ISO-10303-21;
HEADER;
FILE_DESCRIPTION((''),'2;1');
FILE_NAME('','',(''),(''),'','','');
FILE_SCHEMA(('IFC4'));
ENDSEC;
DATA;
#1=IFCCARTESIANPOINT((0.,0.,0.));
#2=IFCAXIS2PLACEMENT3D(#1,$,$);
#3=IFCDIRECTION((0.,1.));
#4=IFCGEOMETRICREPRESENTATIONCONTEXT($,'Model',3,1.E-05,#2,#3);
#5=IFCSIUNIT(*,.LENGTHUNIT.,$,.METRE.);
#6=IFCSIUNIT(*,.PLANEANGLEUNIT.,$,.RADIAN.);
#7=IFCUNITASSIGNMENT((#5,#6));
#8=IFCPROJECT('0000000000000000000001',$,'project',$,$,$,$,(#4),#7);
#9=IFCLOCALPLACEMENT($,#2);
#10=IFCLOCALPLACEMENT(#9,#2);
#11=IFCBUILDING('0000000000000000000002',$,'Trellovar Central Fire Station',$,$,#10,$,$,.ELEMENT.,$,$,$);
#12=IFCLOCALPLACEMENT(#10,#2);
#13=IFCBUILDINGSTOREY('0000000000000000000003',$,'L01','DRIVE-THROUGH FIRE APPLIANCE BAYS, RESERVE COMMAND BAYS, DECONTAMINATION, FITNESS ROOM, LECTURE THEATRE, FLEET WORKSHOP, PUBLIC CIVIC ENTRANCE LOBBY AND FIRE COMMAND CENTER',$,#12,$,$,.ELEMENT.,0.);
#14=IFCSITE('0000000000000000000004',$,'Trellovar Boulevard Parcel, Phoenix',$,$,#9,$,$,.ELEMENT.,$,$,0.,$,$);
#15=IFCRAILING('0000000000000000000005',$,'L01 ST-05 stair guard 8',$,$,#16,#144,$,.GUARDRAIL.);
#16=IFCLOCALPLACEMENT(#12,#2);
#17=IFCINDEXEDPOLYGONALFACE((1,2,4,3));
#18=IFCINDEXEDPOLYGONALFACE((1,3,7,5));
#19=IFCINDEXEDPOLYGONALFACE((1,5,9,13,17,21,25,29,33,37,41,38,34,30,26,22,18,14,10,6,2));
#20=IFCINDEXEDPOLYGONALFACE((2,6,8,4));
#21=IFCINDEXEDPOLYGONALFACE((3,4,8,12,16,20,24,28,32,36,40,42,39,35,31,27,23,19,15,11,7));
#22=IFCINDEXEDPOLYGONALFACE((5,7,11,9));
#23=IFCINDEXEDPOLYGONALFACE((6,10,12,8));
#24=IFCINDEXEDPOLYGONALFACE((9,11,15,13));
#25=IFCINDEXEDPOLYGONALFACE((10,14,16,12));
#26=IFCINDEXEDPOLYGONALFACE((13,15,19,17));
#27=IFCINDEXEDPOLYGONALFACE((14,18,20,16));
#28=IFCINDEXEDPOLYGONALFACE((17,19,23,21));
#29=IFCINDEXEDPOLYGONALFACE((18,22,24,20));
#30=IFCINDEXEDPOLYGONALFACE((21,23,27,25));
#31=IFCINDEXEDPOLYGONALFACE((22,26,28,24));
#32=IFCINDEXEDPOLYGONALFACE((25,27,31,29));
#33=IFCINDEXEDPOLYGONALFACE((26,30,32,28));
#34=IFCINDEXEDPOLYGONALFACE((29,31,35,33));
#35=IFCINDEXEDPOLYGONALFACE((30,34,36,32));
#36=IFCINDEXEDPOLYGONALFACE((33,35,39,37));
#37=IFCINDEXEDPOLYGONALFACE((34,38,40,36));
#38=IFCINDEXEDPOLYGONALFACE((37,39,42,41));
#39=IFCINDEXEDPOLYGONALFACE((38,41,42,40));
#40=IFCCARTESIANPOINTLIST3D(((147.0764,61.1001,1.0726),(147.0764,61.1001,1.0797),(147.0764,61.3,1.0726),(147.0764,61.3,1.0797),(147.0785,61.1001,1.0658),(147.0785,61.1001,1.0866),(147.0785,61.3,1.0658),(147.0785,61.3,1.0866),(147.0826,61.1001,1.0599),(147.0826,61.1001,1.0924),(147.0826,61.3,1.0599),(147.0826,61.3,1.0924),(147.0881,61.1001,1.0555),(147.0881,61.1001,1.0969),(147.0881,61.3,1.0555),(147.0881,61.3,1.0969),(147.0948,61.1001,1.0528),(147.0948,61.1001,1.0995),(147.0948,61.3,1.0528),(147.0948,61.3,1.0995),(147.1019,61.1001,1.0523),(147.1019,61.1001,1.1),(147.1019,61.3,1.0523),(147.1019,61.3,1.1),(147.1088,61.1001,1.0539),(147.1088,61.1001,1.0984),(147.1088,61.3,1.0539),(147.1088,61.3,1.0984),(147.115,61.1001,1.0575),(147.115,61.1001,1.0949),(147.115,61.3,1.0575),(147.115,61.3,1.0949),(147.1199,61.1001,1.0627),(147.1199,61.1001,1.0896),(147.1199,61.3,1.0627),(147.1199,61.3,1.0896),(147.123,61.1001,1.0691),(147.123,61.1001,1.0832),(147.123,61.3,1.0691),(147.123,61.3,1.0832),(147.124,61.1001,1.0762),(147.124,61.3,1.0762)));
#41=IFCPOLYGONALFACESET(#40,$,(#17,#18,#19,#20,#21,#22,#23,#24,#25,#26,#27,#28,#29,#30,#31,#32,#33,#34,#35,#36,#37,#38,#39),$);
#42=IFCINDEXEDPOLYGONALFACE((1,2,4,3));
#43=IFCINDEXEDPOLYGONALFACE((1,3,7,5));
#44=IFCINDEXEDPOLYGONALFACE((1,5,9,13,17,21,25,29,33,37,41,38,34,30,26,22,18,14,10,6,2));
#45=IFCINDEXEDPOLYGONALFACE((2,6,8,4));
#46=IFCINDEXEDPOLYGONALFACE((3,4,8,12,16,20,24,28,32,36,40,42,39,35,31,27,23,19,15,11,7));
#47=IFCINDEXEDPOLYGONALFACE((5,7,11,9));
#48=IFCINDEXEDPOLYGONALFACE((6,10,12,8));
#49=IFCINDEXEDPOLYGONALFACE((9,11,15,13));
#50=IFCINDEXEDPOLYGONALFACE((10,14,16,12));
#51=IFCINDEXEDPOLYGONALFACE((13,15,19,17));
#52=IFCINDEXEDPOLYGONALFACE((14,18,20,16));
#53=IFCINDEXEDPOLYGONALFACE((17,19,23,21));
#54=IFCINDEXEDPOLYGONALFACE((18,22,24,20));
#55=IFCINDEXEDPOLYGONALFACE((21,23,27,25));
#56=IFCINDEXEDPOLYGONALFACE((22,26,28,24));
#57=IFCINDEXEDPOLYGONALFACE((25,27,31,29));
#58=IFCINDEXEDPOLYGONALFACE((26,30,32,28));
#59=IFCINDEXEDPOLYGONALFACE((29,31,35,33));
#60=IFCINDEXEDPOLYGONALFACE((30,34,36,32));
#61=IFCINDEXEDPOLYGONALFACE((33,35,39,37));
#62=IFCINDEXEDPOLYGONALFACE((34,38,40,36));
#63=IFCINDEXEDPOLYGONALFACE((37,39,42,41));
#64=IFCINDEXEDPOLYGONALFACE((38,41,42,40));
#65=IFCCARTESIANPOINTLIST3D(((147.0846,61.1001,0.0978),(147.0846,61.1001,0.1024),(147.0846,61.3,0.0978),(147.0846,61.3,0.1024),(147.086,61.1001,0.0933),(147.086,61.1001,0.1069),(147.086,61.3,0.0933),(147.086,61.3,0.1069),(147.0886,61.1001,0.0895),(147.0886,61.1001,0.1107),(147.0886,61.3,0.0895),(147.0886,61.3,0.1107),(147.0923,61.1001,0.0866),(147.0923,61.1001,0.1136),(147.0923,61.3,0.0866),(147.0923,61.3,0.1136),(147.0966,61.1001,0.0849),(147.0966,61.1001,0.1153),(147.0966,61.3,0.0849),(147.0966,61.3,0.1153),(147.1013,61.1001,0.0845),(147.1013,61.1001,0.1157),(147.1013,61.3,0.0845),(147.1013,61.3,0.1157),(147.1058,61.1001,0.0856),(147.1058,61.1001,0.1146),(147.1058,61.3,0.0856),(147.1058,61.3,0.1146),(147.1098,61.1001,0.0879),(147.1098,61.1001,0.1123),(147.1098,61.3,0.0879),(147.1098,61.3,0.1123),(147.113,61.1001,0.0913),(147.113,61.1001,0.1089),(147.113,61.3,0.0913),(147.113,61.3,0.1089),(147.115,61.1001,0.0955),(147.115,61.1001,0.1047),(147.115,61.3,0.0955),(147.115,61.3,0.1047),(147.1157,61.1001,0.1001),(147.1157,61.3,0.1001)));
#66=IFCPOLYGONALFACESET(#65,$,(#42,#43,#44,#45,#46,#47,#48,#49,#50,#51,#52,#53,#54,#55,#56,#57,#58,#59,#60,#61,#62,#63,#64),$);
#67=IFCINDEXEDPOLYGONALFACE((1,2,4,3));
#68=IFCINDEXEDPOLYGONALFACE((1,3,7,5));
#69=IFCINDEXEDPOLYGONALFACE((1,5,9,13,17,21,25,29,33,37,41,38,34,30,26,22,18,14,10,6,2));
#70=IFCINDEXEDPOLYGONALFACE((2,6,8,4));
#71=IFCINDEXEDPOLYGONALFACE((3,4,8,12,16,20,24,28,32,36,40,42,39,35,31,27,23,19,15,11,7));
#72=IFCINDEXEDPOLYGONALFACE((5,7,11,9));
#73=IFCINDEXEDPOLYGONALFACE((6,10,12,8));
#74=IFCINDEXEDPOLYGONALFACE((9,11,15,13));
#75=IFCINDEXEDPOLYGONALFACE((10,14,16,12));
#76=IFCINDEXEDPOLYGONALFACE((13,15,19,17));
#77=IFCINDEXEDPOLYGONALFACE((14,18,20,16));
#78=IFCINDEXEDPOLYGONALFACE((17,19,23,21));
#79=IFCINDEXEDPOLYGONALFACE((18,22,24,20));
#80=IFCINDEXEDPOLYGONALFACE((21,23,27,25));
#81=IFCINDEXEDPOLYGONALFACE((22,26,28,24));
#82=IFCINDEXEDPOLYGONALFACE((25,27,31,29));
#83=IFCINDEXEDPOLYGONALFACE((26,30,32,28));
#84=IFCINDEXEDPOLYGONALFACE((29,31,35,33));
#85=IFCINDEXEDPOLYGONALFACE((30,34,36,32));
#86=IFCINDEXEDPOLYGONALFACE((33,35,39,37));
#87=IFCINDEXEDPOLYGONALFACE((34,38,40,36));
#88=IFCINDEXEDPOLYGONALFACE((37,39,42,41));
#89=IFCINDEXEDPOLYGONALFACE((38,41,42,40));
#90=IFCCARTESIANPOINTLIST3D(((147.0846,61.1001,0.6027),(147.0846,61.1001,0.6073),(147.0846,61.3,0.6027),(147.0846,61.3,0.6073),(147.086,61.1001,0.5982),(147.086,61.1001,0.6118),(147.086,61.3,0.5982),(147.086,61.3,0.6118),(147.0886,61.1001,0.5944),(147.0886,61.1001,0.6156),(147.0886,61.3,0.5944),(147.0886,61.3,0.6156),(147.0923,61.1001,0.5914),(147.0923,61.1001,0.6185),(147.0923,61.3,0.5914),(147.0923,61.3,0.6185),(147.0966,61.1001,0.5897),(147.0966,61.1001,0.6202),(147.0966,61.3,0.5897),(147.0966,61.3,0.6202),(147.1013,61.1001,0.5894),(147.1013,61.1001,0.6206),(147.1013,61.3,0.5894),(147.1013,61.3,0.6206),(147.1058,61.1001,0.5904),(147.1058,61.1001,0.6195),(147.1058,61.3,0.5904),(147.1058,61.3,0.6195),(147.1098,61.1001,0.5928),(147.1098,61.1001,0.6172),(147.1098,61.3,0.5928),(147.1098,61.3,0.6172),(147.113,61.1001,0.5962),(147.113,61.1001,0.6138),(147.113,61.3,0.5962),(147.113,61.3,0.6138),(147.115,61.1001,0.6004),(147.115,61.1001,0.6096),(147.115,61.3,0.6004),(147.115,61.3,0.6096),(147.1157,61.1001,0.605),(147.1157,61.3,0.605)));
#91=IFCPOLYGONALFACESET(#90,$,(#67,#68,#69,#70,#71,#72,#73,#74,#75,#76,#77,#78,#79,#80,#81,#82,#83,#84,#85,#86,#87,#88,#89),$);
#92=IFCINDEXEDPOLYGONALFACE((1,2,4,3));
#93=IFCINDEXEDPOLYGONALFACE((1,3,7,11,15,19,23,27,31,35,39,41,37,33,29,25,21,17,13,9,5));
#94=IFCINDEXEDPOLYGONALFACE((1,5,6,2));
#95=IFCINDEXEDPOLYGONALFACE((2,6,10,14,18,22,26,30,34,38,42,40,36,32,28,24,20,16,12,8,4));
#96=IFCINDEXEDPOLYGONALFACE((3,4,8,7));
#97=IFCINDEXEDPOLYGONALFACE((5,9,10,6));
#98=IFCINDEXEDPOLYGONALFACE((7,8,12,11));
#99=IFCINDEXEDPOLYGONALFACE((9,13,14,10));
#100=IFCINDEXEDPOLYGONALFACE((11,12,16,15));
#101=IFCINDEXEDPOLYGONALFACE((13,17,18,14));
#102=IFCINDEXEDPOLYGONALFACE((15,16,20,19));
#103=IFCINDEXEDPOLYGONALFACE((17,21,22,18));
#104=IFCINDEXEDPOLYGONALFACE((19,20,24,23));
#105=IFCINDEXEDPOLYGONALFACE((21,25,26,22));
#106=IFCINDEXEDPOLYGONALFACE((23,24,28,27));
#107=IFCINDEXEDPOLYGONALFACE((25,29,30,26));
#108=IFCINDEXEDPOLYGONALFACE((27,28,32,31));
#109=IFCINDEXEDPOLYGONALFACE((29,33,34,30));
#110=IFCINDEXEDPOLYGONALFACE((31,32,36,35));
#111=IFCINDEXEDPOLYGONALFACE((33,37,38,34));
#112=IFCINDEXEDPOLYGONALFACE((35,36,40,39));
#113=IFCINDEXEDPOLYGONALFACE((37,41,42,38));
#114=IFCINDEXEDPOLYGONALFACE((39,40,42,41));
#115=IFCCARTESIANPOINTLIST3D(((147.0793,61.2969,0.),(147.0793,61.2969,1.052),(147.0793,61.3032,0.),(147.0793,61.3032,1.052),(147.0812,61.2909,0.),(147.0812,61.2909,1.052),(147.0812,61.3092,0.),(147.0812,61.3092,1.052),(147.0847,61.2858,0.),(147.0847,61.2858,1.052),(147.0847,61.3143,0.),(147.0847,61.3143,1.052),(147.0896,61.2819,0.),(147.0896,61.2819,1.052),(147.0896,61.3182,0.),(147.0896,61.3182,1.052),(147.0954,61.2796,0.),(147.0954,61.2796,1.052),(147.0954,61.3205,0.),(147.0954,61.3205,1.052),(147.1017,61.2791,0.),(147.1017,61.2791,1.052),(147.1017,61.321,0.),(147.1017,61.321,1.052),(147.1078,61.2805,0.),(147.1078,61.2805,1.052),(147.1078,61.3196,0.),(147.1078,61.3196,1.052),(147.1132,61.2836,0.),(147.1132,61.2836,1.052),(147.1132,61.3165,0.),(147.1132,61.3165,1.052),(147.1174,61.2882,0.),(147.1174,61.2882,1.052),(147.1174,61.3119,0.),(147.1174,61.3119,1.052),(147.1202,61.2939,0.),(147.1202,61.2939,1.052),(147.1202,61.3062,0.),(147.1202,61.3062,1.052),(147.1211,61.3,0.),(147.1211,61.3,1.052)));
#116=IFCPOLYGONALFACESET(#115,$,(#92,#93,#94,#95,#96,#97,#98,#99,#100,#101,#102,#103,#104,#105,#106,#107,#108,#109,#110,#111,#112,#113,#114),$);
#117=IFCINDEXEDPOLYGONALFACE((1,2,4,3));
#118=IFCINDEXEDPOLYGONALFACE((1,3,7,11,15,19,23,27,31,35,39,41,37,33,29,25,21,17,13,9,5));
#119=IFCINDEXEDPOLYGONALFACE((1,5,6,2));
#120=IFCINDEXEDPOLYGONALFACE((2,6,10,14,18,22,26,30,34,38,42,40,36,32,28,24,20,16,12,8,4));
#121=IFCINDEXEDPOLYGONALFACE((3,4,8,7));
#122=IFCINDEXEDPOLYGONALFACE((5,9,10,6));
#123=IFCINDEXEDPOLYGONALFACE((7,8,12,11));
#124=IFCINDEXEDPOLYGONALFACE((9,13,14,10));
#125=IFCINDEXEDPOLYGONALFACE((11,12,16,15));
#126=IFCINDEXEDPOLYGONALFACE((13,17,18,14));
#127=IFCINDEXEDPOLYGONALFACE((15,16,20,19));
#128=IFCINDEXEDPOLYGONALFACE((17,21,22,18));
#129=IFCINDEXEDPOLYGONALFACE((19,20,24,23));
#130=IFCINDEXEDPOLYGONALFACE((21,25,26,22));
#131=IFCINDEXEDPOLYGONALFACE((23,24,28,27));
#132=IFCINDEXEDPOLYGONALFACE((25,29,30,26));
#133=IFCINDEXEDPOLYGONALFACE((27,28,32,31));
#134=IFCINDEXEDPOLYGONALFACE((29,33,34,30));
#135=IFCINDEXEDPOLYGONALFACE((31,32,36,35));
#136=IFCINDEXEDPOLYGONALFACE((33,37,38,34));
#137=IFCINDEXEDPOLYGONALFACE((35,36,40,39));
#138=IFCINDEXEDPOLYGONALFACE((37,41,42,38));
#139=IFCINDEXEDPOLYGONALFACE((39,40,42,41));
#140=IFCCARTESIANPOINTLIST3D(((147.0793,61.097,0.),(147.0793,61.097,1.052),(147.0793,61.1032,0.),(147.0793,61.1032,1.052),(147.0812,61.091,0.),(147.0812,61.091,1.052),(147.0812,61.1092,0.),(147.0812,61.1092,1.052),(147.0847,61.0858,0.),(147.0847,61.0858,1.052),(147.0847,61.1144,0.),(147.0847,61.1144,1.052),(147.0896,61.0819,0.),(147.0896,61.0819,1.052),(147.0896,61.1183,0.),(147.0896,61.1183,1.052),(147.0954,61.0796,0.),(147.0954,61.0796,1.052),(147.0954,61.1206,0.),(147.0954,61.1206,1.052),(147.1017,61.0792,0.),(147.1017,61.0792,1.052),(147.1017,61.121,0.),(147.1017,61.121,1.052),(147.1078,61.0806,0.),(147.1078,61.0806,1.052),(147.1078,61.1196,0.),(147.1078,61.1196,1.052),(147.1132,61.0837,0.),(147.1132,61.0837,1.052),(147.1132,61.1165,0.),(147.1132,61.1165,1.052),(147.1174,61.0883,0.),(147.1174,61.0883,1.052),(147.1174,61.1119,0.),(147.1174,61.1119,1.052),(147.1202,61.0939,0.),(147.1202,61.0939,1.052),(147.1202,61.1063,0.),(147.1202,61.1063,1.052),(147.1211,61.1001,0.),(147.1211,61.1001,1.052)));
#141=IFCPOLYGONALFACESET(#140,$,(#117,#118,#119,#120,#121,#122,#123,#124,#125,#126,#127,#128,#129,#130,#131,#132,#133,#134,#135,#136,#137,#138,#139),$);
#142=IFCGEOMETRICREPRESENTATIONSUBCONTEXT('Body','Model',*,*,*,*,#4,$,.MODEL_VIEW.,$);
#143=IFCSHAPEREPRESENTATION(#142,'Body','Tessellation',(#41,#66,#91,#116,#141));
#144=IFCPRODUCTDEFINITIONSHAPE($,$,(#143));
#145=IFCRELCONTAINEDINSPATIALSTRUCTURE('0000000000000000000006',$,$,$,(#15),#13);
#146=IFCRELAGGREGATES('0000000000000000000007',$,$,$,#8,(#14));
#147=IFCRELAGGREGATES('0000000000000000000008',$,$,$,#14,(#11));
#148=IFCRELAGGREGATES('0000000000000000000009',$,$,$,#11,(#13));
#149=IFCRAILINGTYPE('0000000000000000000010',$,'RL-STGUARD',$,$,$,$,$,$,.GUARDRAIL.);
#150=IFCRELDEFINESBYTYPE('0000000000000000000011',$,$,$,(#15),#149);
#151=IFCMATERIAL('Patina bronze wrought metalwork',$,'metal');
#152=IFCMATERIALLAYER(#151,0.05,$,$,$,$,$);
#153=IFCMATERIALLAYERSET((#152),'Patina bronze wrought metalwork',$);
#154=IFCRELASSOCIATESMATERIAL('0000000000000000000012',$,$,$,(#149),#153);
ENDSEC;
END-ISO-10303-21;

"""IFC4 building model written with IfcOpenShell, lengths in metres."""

from ifc_helpers import new_model, si_unit, direction, frame, origin, origin_2d, place, context, subcontext, project, spatial, circle, extrude, material, layer, layer_set, type_object, element, save


model = new_model("IFC4")

# Units and contexts
model_context = context("Model", 3, precision=1e-05, world=origin(), true_north=direction((0.0, 1.0)))
body_context = subcontext(model_context, "Body", "Model", "MODEL_VIEW")
ifc_project = project(units=[si_unit("LENGTHUNIT", "METRE"), si_unit("PLANEANGLEUNIT", "RADIAN")], contexts=[model_context])

# Site, building, storey
site_placement = place(None, origin())
site = spatial("IfcSite", under=ifc_project, at=site_placement, Name="Trellovar Boulevard Parcel, Phoenix", CompositionType="ELEMENT", RefElevation=0.0)
building_placement = place(site_placement, origin())
building = spatial("IfcBuilding", under=site, at=building_placement, Name="Trellovar Central Fire Station", CompositionType="ELEMENT")
storey_placement = place(building_placement, origin())
storey = spatial("IfcBuildingStorey", under=building, at=storey_placement, Name="L01", Description="DRIVE-THROUGH FIRE APPLIANCE BAYS, RESERVE COMMAND BAYS, DECONTAMINATION, FITNESS ROOM, LECTURE THEATRE, FLEET WORKSHOP, PUBLIC CIVIC ENTRANCE LOBBY AND FIRE COMMAND CENTER", CompositionType="ELEMENT", Elevation=0.0)

# Railing
ifc_material_1 = material(Name="Patina bronze wrought metalwork", Category="metal")
ifc_layer_1 = layer(ifc_material_1, 0.05)
ifc_layer_set_1 = layer_set([ifc_layer_1], Name="Patina bronze wrought metalwork")
railing_type = type_object("IfcRailingType", Name="RL-STGUARD", PredefinedType="GUARDRAIL", material=ifc_layer_set_1)
railing_1_placement = place(storey_placement, frame((147.1001, 61.3, 0.0)))
element("IfcRailing", 1, at=railing_1_placement, inside=storey, type_object=railing_type, Name="L01 ST-05 stair guard 8", PredefinedType="GUARDRAIL", context=body_context, shape_type="SweptSolid", body=[
    extrude(circle(Radius=0.0239, at=origin_2d()), frame((0.0, 0.0, 1.0762), z_axis=(0.0, -1.0, 0.0), x_axis=(1.0, 0.0, 0.0)), (0.0, 0.0, 1.0), 0.2),
    extrude(circle(Radius=0.0156, at=origin_2d()), frame((0.0, 0.0, 0.1001), z_axis=(0.0, -1.0, 0.0), x_axis=(1.0, 0.0, 0.0)), (0.0, 0.0, 1.0), 0.2),
    extrude(circle(Radius=0.0156, at=origin_2d()), frame((0.0, 0.0, 0.605), z_axis=(0.0, -1.0, 0.0), x_axis=(1.0, 0.0, 0.0)), (0.0, 0.0, 1.0), 0.2),
    extrude(circle(Radius=0.021, at=origin_2d()), origin(), (0.0, 0.0, 1.0), 1.052),
    extrude(circle(Radius=0.021, at=origin_2d()), frame((0.0, -0.2, 0.0)), (0.0, 0.0, 1.0), 1.052),
])

save(model, "model.ifc")
